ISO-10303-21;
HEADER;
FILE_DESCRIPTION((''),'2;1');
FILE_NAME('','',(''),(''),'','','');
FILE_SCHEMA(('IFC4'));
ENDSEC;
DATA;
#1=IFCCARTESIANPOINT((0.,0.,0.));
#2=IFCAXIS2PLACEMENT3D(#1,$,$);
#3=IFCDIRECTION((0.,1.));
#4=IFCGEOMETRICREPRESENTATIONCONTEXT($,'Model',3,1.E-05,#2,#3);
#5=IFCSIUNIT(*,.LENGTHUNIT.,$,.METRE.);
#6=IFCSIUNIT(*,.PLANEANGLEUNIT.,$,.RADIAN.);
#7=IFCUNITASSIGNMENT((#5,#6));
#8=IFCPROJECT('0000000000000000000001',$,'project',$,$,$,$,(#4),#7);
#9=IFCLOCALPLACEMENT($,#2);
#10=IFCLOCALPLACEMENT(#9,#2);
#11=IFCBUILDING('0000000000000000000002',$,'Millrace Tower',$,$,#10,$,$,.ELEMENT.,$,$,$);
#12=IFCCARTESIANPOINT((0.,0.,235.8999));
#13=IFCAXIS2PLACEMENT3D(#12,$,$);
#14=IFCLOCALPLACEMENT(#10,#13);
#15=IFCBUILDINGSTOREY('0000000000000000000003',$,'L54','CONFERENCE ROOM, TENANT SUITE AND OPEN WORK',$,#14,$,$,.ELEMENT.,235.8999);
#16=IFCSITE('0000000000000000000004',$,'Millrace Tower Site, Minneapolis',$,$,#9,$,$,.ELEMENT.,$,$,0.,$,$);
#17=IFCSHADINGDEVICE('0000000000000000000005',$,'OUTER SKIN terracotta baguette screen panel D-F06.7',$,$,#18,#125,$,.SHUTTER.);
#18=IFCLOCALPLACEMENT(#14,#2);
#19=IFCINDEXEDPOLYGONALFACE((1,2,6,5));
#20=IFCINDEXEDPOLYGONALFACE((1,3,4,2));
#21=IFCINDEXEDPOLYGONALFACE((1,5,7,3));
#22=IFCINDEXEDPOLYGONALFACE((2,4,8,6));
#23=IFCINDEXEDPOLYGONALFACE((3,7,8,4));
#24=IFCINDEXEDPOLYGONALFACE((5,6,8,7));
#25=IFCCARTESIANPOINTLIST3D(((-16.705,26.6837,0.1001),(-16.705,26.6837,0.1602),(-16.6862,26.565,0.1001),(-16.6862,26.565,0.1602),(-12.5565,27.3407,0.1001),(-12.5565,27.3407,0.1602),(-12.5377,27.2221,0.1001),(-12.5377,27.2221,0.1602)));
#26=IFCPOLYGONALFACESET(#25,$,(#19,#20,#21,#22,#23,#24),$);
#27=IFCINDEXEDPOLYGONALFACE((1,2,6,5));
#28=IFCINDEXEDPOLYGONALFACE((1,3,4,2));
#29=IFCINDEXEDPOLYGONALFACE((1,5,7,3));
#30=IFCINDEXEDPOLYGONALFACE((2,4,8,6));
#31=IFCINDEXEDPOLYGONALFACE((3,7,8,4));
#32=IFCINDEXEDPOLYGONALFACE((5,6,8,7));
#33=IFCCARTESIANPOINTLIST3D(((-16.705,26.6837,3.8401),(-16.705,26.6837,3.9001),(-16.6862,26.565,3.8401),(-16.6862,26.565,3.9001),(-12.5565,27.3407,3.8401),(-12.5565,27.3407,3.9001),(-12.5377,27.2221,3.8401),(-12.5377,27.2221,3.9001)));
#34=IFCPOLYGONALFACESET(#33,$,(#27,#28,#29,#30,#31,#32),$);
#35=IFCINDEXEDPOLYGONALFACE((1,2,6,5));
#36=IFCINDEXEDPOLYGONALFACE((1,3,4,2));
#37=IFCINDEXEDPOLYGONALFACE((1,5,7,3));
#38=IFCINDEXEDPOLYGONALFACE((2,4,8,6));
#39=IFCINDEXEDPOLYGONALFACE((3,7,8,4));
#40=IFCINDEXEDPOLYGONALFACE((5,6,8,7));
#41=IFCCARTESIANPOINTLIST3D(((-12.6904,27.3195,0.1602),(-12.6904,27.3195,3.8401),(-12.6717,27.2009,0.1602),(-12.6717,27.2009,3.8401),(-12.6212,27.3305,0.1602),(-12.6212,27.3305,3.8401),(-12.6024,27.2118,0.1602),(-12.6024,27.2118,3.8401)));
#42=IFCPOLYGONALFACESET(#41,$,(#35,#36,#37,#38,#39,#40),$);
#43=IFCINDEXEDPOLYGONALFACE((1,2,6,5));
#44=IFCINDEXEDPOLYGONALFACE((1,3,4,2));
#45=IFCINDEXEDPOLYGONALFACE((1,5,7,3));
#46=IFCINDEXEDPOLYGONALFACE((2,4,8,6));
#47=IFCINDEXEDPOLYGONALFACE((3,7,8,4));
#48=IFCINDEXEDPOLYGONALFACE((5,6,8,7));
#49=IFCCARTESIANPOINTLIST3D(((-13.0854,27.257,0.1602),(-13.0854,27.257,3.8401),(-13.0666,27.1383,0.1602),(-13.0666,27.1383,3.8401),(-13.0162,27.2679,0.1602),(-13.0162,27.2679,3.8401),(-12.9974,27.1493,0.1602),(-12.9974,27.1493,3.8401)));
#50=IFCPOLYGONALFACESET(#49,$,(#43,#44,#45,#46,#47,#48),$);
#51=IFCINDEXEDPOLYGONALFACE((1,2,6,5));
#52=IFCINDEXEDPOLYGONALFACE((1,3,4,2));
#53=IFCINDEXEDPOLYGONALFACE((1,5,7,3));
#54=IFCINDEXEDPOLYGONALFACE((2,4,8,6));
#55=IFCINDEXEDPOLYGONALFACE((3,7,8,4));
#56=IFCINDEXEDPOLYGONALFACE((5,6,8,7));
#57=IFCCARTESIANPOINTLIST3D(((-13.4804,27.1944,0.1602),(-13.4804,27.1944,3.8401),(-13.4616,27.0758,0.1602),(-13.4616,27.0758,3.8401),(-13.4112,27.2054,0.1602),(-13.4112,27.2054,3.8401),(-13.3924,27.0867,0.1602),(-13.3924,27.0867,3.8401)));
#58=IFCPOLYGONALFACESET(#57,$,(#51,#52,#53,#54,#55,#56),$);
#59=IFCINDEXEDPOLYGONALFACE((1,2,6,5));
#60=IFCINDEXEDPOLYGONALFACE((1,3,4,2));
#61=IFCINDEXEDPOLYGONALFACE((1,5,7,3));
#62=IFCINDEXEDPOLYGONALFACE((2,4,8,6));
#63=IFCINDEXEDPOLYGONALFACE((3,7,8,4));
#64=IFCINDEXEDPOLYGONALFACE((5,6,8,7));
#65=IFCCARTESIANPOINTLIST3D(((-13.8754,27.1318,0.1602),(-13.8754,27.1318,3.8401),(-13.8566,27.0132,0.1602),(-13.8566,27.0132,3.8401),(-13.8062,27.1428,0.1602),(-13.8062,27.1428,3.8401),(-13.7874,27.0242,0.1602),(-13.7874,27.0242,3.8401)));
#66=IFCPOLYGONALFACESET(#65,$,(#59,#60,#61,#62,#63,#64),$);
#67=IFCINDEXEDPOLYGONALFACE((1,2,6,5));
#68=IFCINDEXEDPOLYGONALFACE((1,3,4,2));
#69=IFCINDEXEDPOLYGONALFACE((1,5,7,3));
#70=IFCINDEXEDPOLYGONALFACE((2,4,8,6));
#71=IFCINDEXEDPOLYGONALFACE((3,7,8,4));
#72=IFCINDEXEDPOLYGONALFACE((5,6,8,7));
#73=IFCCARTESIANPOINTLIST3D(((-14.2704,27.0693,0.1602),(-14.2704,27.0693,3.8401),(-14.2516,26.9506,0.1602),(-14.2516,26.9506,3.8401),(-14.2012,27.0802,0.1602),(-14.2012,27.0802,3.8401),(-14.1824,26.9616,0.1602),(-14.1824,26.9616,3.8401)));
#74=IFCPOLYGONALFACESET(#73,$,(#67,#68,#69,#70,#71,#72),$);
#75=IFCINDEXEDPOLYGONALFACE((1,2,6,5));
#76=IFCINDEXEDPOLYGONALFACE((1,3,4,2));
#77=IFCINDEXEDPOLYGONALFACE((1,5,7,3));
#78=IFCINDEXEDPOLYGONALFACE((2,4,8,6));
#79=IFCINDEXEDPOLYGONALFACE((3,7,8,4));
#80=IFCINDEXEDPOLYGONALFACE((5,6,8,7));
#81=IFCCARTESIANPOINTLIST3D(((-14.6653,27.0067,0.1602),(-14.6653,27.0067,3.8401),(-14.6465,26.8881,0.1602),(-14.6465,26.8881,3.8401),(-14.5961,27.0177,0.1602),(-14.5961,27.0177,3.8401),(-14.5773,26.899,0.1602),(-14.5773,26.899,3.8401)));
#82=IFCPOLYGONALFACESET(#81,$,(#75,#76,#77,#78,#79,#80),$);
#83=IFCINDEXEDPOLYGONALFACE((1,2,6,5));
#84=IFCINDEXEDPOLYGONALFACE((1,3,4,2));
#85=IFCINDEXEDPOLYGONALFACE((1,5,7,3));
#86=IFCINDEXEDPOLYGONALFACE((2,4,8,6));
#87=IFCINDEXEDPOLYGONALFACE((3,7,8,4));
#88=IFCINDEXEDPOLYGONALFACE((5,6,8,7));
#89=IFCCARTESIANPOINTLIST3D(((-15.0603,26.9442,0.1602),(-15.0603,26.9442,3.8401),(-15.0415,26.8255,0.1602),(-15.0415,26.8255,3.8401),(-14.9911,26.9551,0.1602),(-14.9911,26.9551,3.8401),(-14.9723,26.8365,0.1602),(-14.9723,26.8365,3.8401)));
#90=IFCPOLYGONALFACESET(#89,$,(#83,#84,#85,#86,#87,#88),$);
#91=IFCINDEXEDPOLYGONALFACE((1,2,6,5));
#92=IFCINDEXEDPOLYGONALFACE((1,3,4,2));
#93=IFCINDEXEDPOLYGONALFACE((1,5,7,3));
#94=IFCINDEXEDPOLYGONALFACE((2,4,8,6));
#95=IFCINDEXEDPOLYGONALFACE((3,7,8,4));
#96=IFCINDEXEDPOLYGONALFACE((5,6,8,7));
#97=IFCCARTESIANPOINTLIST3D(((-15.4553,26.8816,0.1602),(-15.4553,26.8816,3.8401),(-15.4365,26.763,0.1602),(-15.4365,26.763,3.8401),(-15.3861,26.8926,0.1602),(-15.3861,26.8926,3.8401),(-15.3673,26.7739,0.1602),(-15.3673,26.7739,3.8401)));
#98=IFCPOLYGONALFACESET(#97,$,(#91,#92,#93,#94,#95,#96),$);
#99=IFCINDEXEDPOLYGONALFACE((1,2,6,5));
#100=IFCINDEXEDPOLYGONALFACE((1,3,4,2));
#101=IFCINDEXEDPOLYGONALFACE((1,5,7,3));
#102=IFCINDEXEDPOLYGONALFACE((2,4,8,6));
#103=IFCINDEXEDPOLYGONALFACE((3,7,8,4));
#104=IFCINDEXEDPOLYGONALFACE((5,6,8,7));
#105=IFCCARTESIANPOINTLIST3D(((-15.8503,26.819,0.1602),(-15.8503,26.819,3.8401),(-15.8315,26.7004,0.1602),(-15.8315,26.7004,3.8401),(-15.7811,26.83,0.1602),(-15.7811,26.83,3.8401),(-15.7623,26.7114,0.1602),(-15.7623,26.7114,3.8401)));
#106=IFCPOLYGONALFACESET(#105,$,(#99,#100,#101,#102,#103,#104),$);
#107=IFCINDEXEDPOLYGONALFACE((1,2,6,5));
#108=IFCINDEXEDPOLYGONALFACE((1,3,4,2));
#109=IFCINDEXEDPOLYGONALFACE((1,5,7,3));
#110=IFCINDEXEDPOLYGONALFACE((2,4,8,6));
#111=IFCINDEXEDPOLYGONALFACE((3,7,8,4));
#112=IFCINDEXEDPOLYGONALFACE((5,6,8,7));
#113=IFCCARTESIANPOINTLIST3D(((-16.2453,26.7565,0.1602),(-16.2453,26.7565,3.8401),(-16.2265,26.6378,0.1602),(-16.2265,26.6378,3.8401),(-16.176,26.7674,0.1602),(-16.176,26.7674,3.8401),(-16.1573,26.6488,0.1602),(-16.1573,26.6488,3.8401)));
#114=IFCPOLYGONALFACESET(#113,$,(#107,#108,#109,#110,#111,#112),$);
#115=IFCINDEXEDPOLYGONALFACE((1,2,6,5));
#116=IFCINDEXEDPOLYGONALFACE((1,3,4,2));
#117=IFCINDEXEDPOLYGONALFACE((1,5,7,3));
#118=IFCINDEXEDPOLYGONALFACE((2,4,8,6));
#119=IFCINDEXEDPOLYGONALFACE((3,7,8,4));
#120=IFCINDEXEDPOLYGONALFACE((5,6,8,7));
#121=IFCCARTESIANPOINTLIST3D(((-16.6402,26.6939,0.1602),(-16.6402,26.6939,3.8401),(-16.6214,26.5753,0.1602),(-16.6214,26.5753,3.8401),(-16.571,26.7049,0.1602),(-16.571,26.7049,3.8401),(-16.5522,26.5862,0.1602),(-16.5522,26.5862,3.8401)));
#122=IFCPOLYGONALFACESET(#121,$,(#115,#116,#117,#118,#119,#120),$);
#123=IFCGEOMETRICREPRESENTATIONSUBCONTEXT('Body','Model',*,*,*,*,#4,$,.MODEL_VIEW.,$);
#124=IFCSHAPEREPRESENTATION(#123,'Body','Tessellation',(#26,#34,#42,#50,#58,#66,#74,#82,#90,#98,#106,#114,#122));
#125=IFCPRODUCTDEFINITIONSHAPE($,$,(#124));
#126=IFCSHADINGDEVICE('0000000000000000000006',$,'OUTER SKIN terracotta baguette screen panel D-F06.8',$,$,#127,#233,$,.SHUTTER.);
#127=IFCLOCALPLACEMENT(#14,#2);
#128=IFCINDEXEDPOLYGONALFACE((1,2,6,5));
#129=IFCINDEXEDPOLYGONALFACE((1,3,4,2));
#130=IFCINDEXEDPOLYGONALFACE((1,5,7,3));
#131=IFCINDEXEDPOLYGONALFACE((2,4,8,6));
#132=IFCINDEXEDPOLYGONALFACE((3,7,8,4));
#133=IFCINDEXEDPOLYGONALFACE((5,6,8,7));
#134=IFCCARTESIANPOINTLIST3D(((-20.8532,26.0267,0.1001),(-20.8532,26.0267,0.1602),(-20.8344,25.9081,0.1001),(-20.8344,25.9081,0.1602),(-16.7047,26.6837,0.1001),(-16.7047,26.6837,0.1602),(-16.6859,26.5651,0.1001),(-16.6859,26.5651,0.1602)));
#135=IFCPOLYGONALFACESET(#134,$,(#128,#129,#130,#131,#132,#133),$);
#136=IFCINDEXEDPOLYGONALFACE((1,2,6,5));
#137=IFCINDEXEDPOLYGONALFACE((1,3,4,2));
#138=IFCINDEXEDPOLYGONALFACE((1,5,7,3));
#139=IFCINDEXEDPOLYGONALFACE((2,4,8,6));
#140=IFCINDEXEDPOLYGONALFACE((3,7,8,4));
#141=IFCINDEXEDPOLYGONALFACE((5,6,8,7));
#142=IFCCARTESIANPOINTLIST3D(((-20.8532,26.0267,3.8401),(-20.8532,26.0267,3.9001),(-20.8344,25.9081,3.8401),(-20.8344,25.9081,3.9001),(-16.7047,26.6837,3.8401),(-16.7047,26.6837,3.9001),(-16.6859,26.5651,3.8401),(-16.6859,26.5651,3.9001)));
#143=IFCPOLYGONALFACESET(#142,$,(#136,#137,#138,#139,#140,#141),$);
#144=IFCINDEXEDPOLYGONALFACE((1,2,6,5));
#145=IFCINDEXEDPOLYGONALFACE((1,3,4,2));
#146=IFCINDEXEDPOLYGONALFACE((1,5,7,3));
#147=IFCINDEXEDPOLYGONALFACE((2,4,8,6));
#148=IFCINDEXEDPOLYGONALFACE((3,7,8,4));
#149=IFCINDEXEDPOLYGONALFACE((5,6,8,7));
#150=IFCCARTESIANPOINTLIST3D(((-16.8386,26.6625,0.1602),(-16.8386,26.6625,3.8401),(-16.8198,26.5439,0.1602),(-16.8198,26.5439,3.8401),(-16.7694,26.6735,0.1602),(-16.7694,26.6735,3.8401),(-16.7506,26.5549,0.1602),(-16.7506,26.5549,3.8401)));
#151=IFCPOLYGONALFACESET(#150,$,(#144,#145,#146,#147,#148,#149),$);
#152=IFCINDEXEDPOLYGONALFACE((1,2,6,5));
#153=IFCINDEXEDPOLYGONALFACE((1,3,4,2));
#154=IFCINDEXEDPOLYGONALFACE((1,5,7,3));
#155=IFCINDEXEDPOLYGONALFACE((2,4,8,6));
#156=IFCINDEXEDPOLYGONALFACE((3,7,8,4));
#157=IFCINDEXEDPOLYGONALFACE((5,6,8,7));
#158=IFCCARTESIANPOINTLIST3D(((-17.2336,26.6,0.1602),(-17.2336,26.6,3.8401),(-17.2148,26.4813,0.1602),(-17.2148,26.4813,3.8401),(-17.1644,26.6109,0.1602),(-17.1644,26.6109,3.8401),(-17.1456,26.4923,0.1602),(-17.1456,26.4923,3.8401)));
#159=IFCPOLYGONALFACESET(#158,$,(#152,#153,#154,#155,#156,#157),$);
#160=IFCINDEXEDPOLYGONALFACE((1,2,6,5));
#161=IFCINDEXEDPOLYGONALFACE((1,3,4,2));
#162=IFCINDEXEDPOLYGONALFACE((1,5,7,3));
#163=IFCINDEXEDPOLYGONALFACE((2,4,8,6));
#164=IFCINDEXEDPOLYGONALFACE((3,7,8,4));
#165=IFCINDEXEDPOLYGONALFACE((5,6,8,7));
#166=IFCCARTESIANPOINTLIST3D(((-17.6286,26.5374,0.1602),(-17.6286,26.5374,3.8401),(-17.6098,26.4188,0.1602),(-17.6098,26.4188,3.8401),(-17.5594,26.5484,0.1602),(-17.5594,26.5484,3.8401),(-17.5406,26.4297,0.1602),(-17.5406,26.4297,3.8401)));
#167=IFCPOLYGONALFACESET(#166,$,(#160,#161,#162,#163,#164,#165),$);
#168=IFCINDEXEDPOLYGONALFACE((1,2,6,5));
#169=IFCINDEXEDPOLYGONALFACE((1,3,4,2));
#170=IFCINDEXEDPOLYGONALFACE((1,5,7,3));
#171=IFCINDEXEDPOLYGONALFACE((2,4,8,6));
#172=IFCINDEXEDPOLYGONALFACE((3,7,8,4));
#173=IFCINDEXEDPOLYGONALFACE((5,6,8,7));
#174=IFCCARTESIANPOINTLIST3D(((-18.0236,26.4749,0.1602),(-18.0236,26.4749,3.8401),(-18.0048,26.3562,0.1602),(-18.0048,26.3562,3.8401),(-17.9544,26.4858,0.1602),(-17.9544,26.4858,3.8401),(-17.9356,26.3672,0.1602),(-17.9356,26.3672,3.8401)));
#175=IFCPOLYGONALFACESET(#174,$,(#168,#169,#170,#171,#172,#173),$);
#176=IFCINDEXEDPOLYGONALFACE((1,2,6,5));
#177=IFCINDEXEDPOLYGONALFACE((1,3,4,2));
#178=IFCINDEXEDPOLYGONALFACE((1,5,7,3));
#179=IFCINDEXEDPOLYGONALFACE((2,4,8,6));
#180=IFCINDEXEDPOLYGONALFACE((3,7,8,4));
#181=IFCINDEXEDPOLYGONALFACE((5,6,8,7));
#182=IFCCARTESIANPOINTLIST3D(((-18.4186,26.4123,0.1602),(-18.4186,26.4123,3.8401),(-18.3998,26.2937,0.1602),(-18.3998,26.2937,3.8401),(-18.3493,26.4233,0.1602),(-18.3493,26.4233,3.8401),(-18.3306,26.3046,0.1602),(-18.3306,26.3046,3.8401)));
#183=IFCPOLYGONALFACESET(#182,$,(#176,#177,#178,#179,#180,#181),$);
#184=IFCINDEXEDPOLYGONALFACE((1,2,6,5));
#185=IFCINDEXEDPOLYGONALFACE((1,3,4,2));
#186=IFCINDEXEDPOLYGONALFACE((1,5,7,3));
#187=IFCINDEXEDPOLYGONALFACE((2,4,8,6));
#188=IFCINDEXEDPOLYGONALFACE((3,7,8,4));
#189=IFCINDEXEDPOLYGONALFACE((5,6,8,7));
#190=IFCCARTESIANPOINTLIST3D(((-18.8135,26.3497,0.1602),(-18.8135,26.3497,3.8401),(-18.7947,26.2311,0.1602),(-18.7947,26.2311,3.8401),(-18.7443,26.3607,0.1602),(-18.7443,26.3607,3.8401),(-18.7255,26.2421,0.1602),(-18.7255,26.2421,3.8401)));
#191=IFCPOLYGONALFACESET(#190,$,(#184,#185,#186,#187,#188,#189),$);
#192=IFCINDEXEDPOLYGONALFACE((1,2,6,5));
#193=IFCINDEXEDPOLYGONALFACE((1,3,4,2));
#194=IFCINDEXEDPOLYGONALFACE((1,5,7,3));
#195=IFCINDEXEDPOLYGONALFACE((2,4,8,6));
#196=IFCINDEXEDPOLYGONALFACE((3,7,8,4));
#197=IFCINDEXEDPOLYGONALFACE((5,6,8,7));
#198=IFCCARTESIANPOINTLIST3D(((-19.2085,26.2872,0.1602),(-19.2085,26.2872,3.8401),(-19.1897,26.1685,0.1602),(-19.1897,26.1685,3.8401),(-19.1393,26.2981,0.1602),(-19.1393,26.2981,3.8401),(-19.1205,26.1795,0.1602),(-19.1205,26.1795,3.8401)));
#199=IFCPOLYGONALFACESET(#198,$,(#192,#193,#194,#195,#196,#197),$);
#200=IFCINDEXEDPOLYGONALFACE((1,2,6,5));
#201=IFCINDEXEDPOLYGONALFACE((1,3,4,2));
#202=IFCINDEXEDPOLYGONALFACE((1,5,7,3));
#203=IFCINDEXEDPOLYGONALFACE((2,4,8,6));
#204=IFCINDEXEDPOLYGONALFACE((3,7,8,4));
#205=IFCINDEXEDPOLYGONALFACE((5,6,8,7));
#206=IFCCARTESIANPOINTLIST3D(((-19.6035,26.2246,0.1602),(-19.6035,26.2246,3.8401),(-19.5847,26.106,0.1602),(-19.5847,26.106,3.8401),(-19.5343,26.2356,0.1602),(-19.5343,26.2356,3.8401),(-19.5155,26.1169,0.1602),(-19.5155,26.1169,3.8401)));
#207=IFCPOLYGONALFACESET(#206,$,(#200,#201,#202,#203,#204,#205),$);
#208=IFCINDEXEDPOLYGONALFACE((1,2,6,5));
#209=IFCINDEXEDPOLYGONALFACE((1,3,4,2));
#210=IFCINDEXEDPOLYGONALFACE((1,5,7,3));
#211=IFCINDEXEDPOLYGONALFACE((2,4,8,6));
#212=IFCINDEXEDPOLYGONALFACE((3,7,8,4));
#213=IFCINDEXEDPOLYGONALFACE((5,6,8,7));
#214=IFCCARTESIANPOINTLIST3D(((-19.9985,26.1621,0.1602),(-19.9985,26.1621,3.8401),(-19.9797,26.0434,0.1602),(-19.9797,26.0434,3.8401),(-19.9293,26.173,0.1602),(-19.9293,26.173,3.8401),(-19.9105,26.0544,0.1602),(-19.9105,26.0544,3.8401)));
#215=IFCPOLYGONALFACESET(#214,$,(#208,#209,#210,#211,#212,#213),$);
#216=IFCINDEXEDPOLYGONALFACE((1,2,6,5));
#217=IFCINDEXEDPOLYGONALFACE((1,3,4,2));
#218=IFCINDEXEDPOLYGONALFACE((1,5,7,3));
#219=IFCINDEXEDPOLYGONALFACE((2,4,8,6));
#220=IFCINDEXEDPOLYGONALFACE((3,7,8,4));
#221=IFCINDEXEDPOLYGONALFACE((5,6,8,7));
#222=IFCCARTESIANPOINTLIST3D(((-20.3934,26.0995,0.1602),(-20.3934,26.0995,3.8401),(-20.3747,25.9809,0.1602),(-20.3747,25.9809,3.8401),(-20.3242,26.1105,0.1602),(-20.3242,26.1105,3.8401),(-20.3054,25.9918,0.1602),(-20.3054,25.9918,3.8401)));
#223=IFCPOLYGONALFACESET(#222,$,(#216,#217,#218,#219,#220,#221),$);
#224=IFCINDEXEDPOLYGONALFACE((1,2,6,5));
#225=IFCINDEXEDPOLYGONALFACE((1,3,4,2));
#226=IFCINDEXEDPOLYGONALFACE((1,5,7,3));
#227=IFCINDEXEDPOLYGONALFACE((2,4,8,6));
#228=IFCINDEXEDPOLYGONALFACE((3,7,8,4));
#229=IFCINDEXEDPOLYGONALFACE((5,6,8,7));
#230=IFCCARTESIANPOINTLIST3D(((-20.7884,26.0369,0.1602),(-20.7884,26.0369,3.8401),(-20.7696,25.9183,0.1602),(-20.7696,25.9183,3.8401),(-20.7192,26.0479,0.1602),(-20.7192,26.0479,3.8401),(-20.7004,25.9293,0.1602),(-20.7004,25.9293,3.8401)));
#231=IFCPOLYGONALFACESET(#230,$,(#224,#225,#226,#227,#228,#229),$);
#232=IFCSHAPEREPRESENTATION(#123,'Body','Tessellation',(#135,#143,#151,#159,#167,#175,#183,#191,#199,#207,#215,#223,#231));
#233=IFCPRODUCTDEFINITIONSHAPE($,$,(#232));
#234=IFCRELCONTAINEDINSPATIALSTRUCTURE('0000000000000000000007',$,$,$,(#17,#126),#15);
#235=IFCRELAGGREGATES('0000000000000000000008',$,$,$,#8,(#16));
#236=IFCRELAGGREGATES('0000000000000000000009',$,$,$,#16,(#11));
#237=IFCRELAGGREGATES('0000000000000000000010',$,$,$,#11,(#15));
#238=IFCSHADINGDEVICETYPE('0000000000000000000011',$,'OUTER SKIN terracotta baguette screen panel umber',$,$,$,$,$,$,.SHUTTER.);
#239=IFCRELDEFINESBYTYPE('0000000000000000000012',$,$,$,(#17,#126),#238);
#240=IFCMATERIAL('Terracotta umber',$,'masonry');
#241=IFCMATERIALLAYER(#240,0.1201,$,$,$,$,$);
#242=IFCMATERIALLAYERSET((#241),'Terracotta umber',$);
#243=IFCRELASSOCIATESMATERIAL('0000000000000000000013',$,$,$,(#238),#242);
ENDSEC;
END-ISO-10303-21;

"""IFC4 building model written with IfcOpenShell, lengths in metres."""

from ifc_helpers import new_model, entity, si_unit, direction, frame, frame_2d, origin, origin_2d, place, context, subcontext, project, spatial, rectangle, extrude, source, transform, mapped, material, layer, layer_set, type_object, element, save


model = new_model("IFC4")

# Units and contexts
model_context = context("Model", 3, precision=1e-05, world=origin(), true_north=direction((0.0, 1.0)))
body_context = subcontext(model_context, "Body", "Model", "MODEL_VIEW")
ifc_project = project(units=[si_unit("LENGTHUNIT", "METRE"), si_unit("PLANEANGLEUNIT", "RADIAN")], contexts=[model_context])

# Site, building, storey
site_placement = place(None, origin())
site = spatial("IfcSite", under=ifc_project, at=site_placement, Name="Millrace Tower Site, Minneapolis", CompositionType="ELEMENT", RefElevation=0.0)
building_placement = place(site_placement, origin())
building = spatial("IfcBuilding", under=site, at=building_placement, Name="Millrace Tower", CompositionType="ELEMENT")
storey_placement = place(building_placement, frame((0.0, 0.0, 235.8999)))
storey = spatial("IfcBuildingStorey", under=building, at=storey_placement, Name="L54", Description="CONFERENCE ROOM, TENANT SUITE AND OPEN WORK", CompositionType="ELEMENT", Elevation=235.8999)

# Shading devices
ifc_material_1 = material(Name="Terracotta umber", Category="masonry")
ifc_layer_1 = layer(ifc_material_1, 0.1201)
ifc_layer_set_1 = layer_set([ifc_layer_1], Name="Terracotta umber")
shading_device_type = type_object("IfcShadingDeviceType", Name="OUTER SKIN terracotta baguette screen panel umber", PredefinedType="SHUTTER", material=ifc_layer_set_1)
cartesian_point_1 = entity("IfcCartesianPoint", [-2.1001, 0.0601])
shared_polyline_1 = entity("IfcPolyline", [cartesian_point_1, entity("IfcCartesianPoint", [2.1001, 0.0601]), entity("IfcCartesianPoint", [2.1001, -0.0601]), entity("IfcCartesianPoint", [-2.1001, -0.0601]), cartesian_point_1])
shared_shape_1 = source(origin(), body_context, "Body", "SweptSolid", [
    entity("IfcExtrudedAreaSolid", entity("IfcArbitraryClosedProfileDef", "AREA", None, shared_polyline_1), entity("IfcAxis2Placement3D", entity("IfcCartesianPoint", [0.0, 0.0, 0.0])), entity("IfcDirection", [0.0, 0.0, 1.0]), 0.0601),
    entity("IfcExtrudedAreaSolid", entity("IfcArbitraryClosedProfileDef", "AREA", None, shared_polyline_1), entity("IfcAxis2Placement3D", entity("IfcCartesianPoint", [0.0, 0.0, 3.74])), entity("IfcDirection", [0.0, 0.0, 1.0]), 0.0601),
    extrude(rectangle(XDim=0.0701, YDim=0.1201, at=frame_2d((-1.9995, 0.0))), frame((0.0, 0.0, 0.0601)), (0.0, 0.0, 1.0), 3.6799),
    extrude(rectangle(XDim=0.0701, YDim=0.1201, at=frame_2d((-1.5996, 0.0))), frame((0.0, 0.0, 0.0601)), (0.0, 0.0, 1.0), 3.6799),
    extrude(rectangle(XDim=0.0701, YDim=0.1201, at=frame_2d((-1.1997, 0.0))), frame((0.0, 0.0, 0.0601)), (0.0, 0.0, 1.0), 3.6799),
    extrude(rectangle(XDim=0.0701, YDim=0.1201, at=frame_2d((-0.7998, 0.0))), frame((0.0, 0.0, 0.0601)), (0.0, 0.0, 1.0), 3.6799),
    extrude(rectangle(XDim=0.0701, YDim=0.1201, at=frame_2d((-0.3999, 0.0))), frame((0.0, 0.0, 0.0601)), (0.0, 0.0, 1.0), 3.6799),
    extrude(rectangle(XDim=0.0701, YDim=0.1201, at=origin_2d()), frame((0.0, 0.0, 0.0601)), (0.0, 0.0, 1.0), 3.6799),
    extrude(rectangle(XDim=0.0701, YDim=0.1201, at=frame_2d((0.3999, 0.0))), frame((0.0, 0.0, 0.0601)), (0.0, 0.0, 1.0), 3.6799),
    extrude(rectangle(XDim=0.0701, YDim=0.1201, at=frame_2d((0.7998, 0.0))), frame((0.0, 0.0, 0.0601)), (0.0, 0.0, 1.0), 3.6799),
    extrude(rectangle(XDim=0.0701, YDim=0.1201, at=frame_2d((1.1997, 0.0))), frame((0.0, 0.0, 0.0601)), (0.0, 0.0, 1.0), 3.6799),
    extrude(rectangle(XDim=0.0701, YDim=0.1201, at=frame_2d((1.5996, 0.0))), frame((0.0, 0.0, 0.0601)), (0.0, 0.0, 1.0), 3.6799),
    extrude(rectangle(XDim=0.0701, YDim=0.1201, at=frame_2d((1.9995, 0.0))), frame((0.0, 0.0, 0.0601)), (0.0, 0.0, 1.0), 3.6799),
])
for number, where, z_axis, x_axis, name in (
    (1, (-14.6213, 26.9529, 0.1001), (0.0, 0.0, 1.0), (-0.987688, -0.156434, 0.0), "OUTER SKIN terracotta baguette screen panel D-F06.7"),
    (2, (-18.7695, 26.2959, 0.1001), (0.0, 0.0, 1.0), (-0.987688, -0.156434, 0.0), "OUTER SKIN terracotta baguette screen panel D-F06.8"),
):
    element("IfcShadingDevice", number, at=place(storey_placement, frame(where, z_axis=z_axis, x_axis=x_axis)), inside=storey, type_object=shading_device_type, Name=name, PredefinedType="SHUTTER", context=body_context, shape_type="MappedRepresentation", body=[
        mapped(shared_shape_1, transform((0.0, 0.0, 0.0), scale=1.0)),
    ])

save(model, "model.ifc")
